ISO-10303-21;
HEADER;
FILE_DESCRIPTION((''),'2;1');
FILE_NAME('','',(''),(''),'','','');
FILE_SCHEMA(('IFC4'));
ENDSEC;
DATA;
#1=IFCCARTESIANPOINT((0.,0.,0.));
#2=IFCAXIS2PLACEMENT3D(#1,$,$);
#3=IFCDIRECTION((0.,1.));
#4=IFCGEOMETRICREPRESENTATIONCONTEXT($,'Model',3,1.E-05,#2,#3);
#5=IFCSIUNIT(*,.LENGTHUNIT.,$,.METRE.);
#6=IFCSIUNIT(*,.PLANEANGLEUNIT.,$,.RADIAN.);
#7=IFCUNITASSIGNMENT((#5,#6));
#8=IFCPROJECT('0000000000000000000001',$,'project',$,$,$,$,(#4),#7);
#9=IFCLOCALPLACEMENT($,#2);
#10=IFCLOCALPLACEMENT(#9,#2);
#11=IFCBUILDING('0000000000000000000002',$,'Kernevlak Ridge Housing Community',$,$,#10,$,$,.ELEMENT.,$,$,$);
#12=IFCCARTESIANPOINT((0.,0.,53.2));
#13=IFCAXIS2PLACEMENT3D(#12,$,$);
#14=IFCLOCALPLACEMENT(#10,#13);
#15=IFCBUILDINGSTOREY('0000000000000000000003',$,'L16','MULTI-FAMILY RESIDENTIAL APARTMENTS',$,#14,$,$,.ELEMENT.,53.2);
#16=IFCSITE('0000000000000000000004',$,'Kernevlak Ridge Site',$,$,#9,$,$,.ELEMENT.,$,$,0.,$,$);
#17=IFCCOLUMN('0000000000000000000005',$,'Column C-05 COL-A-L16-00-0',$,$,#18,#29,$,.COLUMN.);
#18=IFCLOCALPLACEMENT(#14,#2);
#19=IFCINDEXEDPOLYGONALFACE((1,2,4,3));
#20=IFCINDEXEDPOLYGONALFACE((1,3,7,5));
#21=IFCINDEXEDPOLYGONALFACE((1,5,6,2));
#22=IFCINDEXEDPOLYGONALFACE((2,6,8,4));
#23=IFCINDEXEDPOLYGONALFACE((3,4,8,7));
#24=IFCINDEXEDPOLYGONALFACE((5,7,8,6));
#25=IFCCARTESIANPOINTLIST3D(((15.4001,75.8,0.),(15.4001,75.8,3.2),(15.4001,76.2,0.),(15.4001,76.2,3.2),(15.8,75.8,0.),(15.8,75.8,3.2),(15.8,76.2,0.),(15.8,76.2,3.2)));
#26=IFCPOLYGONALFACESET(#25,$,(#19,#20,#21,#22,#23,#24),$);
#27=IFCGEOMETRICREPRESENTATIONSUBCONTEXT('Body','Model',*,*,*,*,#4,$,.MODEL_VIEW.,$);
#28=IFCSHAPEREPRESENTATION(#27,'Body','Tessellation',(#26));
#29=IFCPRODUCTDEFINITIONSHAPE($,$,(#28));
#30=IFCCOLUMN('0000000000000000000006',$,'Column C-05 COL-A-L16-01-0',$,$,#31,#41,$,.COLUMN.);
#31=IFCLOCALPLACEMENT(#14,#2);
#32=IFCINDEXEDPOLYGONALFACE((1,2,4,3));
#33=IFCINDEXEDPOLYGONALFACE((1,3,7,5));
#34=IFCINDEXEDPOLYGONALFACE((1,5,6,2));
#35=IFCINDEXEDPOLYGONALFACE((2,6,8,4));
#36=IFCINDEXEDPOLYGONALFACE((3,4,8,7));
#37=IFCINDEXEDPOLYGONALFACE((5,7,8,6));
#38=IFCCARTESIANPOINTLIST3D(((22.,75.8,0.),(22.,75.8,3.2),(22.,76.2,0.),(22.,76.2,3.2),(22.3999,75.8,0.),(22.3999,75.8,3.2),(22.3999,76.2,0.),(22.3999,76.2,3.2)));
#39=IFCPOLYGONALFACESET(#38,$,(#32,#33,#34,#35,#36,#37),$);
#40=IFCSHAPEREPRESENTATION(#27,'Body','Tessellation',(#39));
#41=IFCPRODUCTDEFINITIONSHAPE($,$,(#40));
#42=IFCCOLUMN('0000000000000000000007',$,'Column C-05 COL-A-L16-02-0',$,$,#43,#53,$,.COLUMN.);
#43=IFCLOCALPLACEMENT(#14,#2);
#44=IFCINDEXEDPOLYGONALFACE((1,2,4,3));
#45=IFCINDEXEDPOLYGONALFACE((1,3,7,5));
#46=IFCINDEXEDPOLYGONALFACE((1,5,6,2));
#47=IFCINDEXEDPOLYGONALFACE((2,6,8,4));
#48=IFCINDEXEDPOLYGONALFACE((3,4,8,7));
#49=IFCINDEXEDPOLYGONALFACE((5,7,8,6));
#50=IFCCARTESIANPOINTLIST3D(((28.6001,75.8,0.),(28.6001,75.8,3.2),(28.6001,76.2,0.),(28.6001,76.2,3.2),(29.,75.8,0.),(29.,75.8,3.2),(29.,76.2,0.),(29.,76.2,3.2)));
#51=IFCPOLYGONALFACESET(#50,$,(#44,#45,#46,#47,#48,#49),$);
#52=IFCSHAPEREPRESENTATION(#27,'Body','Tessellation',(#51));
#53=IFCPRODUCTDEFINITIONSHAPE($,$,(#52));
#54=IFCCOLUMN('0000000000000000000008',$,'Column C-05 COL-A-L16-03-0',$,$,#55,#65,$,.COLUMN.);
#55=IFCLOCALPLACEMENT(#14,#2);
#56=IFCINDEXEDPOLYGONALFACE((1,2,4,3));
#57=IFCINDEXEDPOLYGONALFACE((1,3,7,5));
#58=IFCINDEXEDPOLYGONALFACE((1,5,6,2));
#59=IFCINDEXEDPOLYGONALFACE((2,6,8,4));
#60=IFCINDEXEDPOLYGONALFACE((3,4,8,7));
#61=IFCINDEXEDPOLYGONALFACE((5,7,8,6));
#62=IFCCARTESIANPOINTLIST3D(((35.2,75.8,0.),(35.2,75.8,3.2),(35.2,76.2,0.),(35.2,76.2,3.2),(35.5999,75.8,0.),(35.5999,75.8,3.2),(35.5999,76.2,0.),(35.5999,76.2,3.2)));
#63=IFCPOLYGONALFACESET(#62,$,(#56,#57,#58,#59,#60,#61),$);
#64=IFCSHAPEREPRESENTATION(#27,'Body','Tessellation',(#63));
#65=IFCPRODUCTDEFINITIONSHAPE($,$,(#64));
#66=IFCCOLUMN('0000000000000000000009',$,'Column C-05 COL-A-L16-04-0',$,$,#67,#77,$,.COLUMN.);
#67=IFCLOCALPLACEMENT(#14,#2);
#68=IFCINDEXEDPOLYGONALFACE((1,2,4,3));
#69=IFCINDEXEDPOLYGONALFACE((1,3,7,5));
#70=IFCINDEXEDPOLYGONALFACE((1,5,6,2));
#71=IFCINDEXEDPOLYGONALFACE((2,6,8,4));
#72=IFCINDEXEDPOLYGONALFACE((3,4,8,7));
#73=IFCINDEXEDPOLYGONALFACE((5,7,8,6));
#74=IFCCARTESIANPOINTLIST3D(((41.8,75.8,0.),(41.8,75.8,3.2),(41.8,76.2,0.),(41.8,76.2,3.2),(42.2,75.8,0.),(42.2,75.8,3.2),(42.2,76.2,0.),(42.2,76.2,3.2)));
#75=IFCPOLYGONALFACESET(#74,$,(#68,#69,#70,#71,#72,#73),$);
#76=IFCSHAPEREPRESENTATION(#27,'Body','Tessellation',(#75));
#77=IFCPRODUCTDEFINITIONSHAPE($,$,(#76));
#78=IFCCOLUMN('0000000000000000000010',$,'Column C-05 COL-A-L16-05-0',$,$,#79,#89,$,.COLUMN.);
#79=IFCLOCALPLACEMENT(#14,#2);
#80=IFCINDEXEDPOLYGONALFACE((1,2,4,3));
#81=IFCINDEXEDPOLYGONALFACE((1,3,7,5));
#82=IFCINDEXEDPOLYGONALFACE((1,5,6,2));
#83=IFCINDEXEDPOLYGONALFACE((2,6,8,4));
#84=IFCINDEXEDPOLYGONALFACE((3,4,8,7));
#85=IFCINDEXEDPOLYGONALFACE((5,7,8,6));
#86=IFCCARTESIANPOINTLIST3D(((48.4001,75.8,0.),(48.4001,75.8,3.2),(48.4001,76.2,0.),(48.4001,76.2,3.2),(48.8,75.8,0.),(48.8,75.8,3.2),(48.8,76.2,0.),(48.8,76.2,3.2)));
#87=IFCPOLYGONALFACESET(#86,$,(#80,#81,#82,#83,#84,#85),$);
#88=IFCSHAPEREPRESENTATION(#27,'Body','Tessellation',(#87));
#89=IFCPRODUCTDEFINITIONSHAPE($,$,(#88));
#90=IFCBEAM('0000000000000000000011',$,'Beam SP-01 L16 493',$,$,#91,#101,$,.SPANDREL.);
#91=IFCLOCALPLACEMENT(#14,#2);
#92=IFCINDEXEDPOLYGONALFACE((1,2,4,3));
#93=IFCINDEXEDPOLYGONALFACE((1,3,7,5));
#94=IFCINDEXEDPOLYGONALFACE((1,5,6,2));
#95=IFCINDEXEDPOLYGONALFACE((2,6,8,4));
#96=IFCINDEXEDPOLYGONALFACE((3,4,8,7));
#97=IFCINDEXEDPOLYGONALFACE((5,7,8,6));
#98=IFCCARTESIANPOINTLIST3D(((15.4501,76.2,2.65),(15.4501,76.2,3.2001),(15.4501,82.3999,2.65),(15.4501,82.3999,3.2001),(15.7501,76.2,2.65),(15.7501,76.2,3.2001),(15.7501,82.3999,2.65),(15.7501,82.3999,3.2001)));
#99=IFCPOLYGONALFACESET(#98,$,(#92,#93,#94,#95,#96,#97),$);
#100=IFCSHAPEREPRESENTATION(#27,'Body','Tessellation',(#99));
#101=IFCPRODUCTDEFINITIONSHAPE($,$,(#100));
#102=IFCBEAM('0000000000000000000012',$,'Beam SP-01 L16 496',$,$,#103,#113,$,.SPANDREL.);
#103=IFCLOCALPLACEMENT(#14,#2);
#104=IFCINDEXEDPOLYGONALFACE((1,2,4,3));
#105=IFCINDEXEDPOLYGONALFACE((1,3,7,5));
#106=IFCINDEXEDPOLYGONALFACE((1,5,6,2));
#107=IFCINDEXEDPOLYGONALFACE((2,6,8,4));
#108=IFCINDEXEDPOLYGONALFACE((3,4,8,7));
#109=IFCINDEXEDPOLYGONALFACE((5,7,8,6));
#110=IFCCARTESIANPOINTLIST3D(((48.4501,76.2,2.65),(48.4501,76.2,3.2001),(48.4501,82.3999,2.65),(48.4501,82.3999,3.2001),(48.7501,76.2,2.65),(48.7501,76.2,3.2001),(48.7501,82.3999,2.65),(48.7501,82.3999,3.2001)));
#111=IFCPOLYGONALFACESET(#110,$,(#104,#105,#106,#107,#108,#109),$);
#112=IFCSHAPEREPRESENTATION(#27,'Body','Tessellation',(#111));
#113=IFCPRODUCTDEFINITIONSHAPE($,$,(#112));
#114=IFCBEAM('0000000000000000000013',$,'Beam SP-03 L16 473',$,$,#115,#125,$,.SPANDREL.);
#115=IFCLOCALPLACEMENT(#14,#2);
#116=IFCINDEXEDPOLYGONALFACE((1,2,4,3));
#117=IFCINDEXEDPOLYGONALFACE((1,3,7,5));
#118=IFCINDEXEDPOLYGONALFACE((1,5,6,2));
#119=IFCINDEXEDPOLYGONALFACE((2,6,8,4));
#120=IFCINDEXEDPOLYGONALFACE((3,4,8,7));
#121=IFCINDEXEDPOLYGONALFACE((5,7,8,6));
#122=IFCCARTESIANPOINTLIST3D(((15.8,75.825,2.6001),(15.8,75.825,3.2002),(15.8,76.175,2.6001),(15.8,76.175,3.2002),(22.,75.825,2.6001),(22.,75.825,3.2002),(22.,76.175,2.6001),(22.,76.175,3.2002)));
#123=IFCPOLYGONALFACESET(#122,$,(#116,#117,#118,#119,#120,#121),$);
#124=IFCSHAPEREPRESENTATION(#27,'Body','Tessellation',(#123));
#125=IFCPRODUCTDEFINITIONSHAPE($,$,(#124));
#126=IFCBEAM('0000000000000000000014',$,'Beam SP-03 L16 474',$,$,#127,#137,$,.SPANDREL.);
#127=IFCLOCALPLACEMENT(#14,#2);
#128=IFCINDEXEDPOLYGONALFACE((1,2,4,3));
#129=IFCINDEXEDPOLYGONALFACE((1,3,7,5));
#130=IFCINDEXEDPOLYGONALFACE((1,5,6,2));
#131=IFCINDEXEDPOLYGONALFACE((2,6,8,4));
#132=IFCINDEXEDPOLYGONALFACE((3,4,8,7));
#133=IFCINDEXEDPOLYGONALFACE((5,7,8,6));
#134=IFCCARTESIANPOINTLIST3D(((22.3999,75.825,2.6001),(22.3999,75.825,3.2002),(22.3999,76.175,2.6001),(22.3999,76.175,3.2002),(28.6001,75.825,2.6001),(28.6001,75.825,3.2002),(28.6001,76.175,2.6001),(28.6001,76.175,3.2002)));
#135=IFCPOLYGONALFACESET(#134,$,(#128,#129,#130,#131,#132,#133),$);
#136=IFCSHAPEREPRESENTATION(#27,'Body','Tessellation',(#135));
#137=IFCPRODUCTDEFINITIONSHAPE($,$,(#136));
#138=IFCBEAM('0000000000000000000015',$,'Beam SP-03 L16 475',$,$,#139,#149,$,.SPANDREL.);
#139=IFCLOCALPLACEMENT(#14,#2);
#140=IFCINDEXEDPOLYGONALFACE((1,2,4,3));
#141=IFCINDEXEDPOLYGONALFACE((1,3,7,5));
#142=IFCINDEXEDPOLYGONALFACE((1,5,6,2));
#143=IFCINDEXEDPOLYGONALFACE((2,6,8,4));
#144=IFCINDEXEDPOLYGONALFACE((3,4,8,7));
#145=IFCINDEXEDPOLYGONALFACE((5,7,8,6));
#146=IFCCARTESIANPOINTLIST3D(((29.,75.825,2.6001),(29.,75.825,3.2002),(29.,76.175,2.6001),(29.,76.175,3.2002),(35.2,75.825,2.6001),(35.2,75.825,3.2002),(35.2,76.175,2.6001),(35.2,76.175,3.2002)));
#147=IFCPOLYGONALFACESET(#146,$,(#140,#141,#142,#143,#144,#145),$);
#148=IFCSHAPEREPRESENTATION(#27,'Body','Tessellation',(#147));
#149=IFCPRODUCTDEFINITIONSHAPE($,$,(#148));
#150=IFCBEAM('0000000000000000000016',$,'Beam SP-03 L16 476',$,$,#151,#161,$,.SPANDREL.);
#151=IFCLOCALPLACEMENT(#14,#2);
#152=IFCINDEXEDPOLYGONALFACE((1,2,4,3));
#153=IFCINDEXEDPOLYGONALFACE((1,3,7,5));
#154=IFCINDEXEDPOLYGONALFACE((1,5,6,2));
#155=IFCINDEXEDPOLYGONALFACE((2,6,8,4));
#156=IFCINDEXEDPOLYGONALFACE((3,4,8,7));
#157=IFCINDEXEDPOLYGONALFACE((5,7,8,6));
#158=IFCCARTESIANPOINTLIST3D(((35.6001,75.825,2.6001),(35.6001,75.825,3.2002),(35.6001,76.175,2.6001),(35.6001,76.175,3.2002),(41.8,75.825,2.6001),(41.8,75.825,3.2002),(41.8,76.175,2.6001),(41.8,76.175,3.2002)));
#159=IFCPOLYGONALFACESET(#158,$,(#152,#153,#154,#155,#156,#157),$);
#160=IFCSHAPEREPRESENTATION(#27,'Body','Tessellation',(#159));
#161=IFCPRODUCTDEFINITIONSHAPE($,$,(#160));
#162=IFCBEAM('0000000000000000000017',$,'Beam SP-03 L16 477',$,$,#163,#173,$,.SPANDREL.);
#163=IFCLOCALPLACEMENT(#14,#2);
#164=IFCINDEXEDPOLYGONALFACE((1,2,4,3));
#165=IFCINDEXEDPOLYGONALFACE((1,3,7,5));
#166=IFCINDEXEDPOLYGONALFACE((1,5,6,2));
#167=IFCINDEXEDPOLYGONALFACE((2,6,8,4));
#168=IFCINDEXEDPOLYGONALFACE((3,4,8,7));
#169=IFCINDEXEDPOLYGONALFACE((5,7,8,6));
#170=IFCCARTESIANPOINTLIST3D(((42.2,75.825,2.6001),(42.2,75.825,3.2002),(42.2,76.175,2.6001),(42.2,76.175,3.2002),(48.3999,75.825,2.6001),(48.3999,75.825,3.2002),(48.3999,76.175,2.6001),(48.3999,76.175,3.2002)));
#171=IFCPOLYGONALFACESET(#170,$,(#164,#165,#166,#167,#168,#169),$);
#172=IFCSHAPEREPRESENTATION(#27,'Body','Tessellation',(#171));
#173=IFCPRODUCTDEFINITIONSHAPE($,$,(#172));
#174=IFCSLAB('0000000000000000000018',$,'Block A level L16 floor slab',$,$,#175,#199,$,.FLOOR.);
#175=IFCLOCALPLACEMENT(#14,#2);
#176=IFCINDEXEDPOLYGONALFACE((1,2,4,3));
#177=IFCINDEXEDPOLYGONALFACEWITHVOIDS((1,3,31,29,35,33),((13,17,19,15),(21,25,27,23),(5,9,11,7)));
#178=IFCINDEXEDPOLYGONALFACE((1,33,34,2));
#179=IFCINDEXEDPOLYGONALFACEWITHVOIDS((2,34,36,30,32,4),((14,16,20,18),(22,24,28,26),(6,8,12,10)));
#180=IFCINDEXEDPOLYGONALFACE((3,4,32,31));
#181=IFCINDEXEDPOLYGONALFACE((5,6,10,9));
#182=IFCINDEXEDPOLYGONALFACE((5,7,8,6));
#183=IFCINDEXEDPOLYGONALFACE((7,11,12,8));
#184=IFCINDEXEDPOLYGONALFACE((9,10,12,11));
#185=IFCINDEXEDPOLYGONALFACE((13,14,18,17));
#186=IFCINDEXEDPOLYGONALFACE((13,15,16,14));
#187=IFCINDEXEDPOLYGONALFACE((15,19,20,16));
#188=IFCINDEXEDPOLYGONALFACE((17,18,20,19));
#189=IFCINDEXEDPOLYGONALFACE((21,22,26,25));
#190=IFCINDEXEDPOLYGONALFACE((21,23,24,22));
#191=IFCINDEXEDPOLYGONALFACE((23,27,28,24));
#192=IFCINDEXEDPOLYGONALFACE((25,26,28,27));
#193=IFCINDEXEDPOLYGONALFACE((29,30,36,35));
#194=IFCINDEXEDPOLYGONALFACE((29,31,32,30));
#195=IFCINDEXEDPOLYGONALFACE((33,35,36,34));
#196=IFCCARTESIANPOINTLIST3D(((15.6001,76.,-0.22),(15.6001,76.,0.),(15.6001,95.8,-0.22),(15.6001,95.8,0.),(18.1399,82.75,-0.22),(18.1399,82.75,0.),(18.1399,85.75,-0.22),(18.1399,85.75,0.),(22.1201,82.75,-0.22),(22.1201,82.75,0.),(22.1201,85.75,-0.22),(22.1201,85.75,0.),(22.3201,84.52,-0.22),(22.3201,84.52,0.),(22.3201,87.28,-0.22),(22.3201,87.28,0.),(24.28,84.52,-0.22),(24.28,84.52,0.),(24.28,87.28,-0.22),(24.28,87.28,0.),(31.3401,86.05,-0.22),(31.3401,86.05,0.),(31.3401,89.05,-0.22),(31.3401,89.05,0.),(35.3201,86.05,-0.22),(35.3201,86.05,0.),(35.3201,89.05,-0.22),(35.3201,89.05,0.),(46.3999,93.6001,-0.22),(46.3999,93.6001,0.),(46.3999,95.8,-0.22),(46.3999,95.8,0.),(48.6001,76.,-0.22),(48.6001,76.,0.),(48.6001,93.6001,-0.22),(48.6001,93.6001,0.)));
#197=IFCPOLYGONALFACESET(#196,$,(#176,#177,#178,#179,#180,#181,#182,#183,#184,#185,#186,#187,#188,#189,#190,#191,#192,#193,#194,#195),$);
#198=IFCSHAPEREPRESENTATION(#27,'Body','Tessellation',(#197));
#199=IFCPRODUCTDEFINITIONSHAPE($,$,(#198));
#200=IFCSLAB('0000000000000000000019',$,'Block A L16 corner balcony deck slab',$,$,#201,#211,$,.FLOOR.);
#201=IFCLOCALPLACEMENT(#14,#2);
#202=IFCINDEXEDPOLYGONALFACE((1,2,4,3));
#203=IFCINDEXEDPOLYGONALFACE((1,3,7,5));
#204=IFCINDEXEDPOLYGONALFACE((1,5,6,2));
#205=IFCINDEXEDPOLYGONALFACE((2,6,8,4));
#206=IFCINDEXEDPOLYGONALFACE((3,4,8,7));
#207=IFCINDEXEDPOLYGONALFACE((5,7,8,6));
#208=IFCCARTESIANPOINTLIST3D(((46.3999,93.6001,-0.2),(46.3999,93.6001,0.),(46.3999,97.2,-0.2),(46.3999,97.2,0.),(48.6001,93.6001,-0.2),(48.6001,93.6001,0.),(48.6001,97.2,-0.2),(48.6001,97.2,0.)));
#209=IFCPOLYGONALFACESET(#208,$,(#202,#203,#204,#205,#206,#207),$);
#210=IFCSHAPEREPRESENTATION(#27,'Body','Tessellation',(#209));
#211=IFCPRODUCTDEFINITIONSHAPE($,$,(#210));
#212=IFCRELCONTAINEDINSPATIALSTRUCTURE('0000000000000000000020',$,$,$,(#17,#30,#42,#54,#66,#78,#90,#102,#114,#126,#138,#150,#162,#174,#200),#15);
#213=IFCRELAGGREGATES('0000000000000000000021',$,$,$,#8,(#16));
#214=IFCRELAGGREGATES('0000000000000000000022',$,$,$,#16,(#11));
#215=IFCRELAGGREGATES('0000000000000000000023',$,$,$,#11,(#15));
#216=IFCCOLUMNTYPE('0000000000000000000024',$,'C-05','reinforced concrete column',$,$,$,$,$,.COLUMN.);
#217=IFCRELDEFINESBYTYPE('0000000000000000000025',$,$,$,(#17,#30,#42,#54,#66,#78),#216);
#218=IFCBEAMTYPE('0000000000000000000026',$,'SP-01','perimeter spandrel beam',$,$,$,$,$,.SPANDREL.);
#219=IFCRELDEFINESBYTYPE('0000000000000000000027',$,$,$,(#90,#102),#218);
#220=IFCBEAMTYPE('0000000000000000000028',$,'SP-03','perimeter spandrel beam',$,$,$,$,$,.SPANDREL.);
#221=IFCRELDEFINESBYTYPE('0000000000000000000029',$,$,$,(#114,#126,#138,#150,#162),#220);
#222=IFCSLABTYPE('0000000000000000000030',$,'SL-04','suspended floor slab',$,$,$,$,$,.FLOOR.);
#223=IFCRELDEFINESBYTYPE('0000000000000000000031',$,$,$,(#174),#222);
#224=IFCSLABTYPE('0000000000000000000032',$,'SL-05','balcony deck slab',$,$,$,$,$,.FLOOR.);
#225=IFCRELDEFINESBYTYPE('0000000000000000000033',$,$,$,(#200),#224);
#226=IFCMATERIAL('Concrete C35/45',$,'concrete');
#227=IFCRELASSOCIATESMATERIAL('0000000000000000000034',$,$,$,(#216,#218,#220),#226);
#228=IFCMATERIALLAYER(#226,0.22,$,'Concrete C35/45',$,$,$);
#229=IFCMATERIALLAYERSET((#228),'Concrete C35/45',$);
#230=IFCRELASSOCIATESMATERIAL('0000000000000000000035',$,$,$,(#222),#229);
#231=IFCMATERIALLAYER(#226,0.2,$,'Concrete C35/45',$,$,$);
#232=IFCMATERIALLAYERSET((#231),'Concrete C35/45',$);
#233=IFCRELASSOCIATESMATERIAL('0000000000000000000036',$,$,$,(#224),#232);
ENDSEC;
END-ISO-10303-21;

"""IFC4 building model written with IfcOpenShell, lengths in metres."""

from ifc_helpers import new_model, si_unit, direction, frame, origin, origin_2d, place, context, subcontext, project, spatial, polyline, rectangle, outline, extrude, material, layer, layer_set, material_profile, profile_set, type_object, element, save


model = new_model("IFC4")

# Units and contexts
model_context = context("Model", 3, precision=1e-05, world=origin(), true_north=direction((0.0, 1.0)))
body_context = subcontext(model_context, "Body", "Model", "MODEL_VIEW")
ifc_project = project(units=[si_unit("LENGTHUNIT", "METRE"), si_unit("PLANEANGLEUNIT", "RADIAN")], contexts=[model_context])

# Site, building, storey
site_placement = place(None, origin())
site = spatial("IfcSite", under=ifc_project, at=site_placement, Name="Kernevlak Ridge Site", CompositionType="ELEMENT", RefElevation=0.0)
building_placement = place(site_placement, origin())
building = spatial("IfcBuilding", under=site, at=building_placement, Name="Kernevlak Ridge Housing Community", CompositionType="ELEMENT")
storey_placement = place(building_placement, frame((0.0, 0.0, 53.2)))
storey = spatial("IfcBuildingStorey", under=building, at=storey_placement, Name="L16", Description="MULTI-FAMILY RESIDENTIAL APARTMENTS", CompositionType="ELEMENT", Elevation=53.2)

# Columns
ifc_material_1 = material(Name="Concrete C35/45", Category="concrete")
ifc_material_profile_1 = material_profile(ifc_material_1, rectangle(XDim=0.3999, YDim=0.3999, at=origin_2d()), Name="RC 400x400")
ifc_profile_set_1 = profile_set([ifc_material_profile_1], Name="Concrete C35/45")
column_type = type_object("IfcColumnType", Name="C-05", Description="reinforced concrete column", PredefinedType="COLUMN", material=ifc_profile_set_1)
for number, where, z_axis, x_axis, name in (
    (1, (15.6001, 76.0, 0.0), (0.0, 0.0, 1.0), (1.0, 0.0, 0.0), "Column C-05 COL-A-L16-00-0"),
    (2, (22.2, 76.0, 0.0), (0.0, 0.0, 1.0), (1.0, 0.0, 0.0), "Column C-05 COL-A-L16-01-0"),
    (3, (28.8, 76.0, 0.0), (0.0, 0.0, 1.0), (1.0, 0.0, 0.0), "Column C-05 COL-A-L16-02-0"),
    (4, (35.3999, 76.0, 0.0), (0.0, 0.0, 1.0), (1.0, 0.0, 0.0), "Column C-05 COL-A-L16-03-0"),
    (5, (42.0, 76.0, 0.0), (0.0, 0.0, 1.0), (1.0, 0.0, 0.0), "Column C-05 COL-A-L16-04-0"),
    (6, (48.6001, 76.0, 0.0), (0.0, 0.0, 1.0), (1.0, 0.0, 0.0), "Column C-05 COL-A-L16-05-0"),
):
    element("IfcColumn", number, at=place(storey_placement, frame(where, z_axis=z_axis, x_axis=x_axis)), inside=storey, type_object=column_type, Name=name, PredefinedType="COLUMN", context=body_context, shape_type="SweptSolid", body=[
        extrude(rectangle(XDim=0.3999, YDim=0.3999, at=origin_2d()), origin(), (0.0, 0.0, 1.0), 3.2),
    ])

# Beams
ifc_material_profile_2 = material_profile(ifc_material_1, rectangle(XDim=0.3, YDim=0.55, at=origin_2d()), Name="RC 300x550")
ifc_profile_set_2 = profile_set([ifc_material_profile_2], Name="Concrete C35/45")
beam_type_1 = type_object("IfcBeamType", Name="SP-01", Description="perimeter spandrel beam", PredefinedType="SPANDREL", material=ifc_profile_set_2)
for number, where, z_axis, x_axis, name in (
    (7, (15.6001, 76.2, 2.925), (0.0, 1.0, 0.0), (-1.0, 0.0, 0.0), "Beam SP-01 L16 493"),
    (8, (48.6001, 76.2, 2.925), (0.0, 1.0, 0.0), (-1.0, 0.0, 0.0), "Beam SP-01 L16 496"),
):
    element("IfcBeam", number, at=place(storey_placement, frame(where, z_axis=z_axis, x_axis=x_axis)), inside=storey, type_object=beam_type_1, Name=name, PredefinedType="SPANDREL", context=body_context, shape_type="SweptSolid", body=[
        extrude(rectangle(XDim=0.3, YDim=0.55, at=origin_2d()), origin(), (0.0, 0.0, 1.0), 6.2),
    ])
ifc_material_profile_3 = material_profile(ifc_material_1, rectangle(XDim=0.3501, YDim=0.6001, at=origin_2d()), Name="RC 350x600")
ifc_profile_set_3 = profile_set([ifc_material_profile_3], Name="Concrete C35/45")
beam_type_2 = type_object("IfcBeamType", Name="SP-03", Description="perimeter spandrel beam", PredefinedType="SPANDREL", material=ifc_profile_set_3)
beam_1_placement = place(storey_placement, frame((15.8, 76.0, 2.9001), z_axis=(1.0, 0.0, 0.0), x_axis=(0.0, 1.0, 0.0)))
element("IfcBeam", 9, at=beam_1_placement, inside=storey, type_object=beam_type_2, Name="Beam SP-03 L16 473", PredefinedType="SPANDREL", context=body_context, shape_type="SweptSolid", body=[
    extrude(rectangle(XDim=0.3501, YDim=0.6001, at=origin_2d()), origin(), (0.0, 0.0, 1.0), 6.2),
])
beam_2_placement = place(storey_placement, frame((22.3999, 76.0, 2.9001), z_axis=(1.0, 0.0, 0.0), x_axis=(0.0, 1.0, 0.0)))
element("IfcBeam", 10, at=beam_2_placement, inside=storey, type_object=beam_type_2, Name="Beam SP-03 L16 474", PredefinedType="SPANDREL", context=body_context, shape_type="SweptSolid", body=[
    extrude(rectangle(XDim=0.3501, YDim=0.6001, at=origin_2d()), origin(), (0.0, 0.0, 1.0), 6.2002),
])
for number, where, z_axis, x_axis, name in (
    (11, (29.0, 76.0, 2.9001), (1.0, 0.0, 0.0), (0.0, 1.0, 0.0), "Beam SP-03 L16 475"),
    (12, (35.6001, 76.0, 2.9001), (1.0, 0.0, 0.0), (0.0, 1.0, 0.0), "Beam SP-03 L16 476"),
    (13, (42.2, 76.0, 2.9001), (1.0, 0.0, 0.0), (0.0, 1.0, 0.0), "Beam SP-03 L16 477"),
):
    element("IfcBeam", number, at=place(storey_placement, frame(where, z_axis=z_axis, x_axis=x_axis)), inside=storey, type_object=beam_type_2, Name=name, PredefinedType="SPANDREL", context=body_context, shape_type="SweptSolid", body=[
        extrude(rectangle(XDim=0.3501, YDim=0.6001, at=origin_2d()), origin(), (0.0, 0.0, 1.0), 6.2),
    ])

# Slabs
ifc_layer_1 = layer(ifc_material_1, 0.22, Name="Concrete C35/45")
ifc_layer_set_1 = layer_set([ifc_layer_1], Name="Concrete C35/45")
slab_type_1 = type_object("IfcSlabType", Name="SL-04", Description="suspended floor slab", PredefinedType="FLOOR", material=ifc_layer_set_1)
slab_1_placement = place(storey_placement, frame((0.0, 0.0, -0.22)))
element("IfcSlab", 14, at=slab_1_placement, inside=storey, type_object=slab_type_1, Name="Block A level L16 floor slab", PredefinedType="FLOOR", context=body_context, shape_type="SweptSolid", body=[
    extrude(outline(polyline([(15.6001, 76.0), (48.6001, 76.0), (48.6001, 93.6001), (46.3999, 93.6001), (46.3999, 95.8), (15.6001, 95.8), (15.6001, 76.0)]), holes=[polyline([(18.1399, 85.75), (22.1201, 85.75), (22.1201, 82.75), (18.1399, 82.75), (18.1399, 85.75)]), polyline([(31.3401, 89.05), (35.3201, 89.05), (35.3201, 86.05), (31.3401, 86.05), (31.3401, 89.05)]), polyline([(22.3201, 87.28), (24.28, 87.28), (24.28, 84.52), (22.3201, 84.52), (22.3201, 87.28)])]), origin(), (0.0, 0.0, 1.0), 0.22),
])
ifc_layer_2 = layer(ifc_material_1, 0.2, Name="Concrete C35/45")
ifc_layer_set_2 = layer_set([ifc_layer_2], Name="Concrete C35/45")
slab_type_2 = type_object("IfcSlabType", Name="SL-05", Description="balcony deck slab", PredefinedType="FLOOR", material=ifc_layer_set_2)
slab_2_placement = place(storey_placement, frame((0.0, 0.0, -0.2)))
element("IfcSlab", 15, at=slab_2_placement, inside=storey, type_object=slab_type_2, Name="Block A L16 corner balcony deck slab", PredefinedType="FLOOR", context=body_context, shape_type="SweptSolid", body=[
    extrude(outline(polyline([(46.3999, 93.6001), (48.6001, 93.6001), (48.6001, 97.2), (46.3999, 97.2), (46.3999, 93.6001)])), origin(), (0.0, 0.0, 1.0), 0.2),
])

save(model, "model.ifc")
